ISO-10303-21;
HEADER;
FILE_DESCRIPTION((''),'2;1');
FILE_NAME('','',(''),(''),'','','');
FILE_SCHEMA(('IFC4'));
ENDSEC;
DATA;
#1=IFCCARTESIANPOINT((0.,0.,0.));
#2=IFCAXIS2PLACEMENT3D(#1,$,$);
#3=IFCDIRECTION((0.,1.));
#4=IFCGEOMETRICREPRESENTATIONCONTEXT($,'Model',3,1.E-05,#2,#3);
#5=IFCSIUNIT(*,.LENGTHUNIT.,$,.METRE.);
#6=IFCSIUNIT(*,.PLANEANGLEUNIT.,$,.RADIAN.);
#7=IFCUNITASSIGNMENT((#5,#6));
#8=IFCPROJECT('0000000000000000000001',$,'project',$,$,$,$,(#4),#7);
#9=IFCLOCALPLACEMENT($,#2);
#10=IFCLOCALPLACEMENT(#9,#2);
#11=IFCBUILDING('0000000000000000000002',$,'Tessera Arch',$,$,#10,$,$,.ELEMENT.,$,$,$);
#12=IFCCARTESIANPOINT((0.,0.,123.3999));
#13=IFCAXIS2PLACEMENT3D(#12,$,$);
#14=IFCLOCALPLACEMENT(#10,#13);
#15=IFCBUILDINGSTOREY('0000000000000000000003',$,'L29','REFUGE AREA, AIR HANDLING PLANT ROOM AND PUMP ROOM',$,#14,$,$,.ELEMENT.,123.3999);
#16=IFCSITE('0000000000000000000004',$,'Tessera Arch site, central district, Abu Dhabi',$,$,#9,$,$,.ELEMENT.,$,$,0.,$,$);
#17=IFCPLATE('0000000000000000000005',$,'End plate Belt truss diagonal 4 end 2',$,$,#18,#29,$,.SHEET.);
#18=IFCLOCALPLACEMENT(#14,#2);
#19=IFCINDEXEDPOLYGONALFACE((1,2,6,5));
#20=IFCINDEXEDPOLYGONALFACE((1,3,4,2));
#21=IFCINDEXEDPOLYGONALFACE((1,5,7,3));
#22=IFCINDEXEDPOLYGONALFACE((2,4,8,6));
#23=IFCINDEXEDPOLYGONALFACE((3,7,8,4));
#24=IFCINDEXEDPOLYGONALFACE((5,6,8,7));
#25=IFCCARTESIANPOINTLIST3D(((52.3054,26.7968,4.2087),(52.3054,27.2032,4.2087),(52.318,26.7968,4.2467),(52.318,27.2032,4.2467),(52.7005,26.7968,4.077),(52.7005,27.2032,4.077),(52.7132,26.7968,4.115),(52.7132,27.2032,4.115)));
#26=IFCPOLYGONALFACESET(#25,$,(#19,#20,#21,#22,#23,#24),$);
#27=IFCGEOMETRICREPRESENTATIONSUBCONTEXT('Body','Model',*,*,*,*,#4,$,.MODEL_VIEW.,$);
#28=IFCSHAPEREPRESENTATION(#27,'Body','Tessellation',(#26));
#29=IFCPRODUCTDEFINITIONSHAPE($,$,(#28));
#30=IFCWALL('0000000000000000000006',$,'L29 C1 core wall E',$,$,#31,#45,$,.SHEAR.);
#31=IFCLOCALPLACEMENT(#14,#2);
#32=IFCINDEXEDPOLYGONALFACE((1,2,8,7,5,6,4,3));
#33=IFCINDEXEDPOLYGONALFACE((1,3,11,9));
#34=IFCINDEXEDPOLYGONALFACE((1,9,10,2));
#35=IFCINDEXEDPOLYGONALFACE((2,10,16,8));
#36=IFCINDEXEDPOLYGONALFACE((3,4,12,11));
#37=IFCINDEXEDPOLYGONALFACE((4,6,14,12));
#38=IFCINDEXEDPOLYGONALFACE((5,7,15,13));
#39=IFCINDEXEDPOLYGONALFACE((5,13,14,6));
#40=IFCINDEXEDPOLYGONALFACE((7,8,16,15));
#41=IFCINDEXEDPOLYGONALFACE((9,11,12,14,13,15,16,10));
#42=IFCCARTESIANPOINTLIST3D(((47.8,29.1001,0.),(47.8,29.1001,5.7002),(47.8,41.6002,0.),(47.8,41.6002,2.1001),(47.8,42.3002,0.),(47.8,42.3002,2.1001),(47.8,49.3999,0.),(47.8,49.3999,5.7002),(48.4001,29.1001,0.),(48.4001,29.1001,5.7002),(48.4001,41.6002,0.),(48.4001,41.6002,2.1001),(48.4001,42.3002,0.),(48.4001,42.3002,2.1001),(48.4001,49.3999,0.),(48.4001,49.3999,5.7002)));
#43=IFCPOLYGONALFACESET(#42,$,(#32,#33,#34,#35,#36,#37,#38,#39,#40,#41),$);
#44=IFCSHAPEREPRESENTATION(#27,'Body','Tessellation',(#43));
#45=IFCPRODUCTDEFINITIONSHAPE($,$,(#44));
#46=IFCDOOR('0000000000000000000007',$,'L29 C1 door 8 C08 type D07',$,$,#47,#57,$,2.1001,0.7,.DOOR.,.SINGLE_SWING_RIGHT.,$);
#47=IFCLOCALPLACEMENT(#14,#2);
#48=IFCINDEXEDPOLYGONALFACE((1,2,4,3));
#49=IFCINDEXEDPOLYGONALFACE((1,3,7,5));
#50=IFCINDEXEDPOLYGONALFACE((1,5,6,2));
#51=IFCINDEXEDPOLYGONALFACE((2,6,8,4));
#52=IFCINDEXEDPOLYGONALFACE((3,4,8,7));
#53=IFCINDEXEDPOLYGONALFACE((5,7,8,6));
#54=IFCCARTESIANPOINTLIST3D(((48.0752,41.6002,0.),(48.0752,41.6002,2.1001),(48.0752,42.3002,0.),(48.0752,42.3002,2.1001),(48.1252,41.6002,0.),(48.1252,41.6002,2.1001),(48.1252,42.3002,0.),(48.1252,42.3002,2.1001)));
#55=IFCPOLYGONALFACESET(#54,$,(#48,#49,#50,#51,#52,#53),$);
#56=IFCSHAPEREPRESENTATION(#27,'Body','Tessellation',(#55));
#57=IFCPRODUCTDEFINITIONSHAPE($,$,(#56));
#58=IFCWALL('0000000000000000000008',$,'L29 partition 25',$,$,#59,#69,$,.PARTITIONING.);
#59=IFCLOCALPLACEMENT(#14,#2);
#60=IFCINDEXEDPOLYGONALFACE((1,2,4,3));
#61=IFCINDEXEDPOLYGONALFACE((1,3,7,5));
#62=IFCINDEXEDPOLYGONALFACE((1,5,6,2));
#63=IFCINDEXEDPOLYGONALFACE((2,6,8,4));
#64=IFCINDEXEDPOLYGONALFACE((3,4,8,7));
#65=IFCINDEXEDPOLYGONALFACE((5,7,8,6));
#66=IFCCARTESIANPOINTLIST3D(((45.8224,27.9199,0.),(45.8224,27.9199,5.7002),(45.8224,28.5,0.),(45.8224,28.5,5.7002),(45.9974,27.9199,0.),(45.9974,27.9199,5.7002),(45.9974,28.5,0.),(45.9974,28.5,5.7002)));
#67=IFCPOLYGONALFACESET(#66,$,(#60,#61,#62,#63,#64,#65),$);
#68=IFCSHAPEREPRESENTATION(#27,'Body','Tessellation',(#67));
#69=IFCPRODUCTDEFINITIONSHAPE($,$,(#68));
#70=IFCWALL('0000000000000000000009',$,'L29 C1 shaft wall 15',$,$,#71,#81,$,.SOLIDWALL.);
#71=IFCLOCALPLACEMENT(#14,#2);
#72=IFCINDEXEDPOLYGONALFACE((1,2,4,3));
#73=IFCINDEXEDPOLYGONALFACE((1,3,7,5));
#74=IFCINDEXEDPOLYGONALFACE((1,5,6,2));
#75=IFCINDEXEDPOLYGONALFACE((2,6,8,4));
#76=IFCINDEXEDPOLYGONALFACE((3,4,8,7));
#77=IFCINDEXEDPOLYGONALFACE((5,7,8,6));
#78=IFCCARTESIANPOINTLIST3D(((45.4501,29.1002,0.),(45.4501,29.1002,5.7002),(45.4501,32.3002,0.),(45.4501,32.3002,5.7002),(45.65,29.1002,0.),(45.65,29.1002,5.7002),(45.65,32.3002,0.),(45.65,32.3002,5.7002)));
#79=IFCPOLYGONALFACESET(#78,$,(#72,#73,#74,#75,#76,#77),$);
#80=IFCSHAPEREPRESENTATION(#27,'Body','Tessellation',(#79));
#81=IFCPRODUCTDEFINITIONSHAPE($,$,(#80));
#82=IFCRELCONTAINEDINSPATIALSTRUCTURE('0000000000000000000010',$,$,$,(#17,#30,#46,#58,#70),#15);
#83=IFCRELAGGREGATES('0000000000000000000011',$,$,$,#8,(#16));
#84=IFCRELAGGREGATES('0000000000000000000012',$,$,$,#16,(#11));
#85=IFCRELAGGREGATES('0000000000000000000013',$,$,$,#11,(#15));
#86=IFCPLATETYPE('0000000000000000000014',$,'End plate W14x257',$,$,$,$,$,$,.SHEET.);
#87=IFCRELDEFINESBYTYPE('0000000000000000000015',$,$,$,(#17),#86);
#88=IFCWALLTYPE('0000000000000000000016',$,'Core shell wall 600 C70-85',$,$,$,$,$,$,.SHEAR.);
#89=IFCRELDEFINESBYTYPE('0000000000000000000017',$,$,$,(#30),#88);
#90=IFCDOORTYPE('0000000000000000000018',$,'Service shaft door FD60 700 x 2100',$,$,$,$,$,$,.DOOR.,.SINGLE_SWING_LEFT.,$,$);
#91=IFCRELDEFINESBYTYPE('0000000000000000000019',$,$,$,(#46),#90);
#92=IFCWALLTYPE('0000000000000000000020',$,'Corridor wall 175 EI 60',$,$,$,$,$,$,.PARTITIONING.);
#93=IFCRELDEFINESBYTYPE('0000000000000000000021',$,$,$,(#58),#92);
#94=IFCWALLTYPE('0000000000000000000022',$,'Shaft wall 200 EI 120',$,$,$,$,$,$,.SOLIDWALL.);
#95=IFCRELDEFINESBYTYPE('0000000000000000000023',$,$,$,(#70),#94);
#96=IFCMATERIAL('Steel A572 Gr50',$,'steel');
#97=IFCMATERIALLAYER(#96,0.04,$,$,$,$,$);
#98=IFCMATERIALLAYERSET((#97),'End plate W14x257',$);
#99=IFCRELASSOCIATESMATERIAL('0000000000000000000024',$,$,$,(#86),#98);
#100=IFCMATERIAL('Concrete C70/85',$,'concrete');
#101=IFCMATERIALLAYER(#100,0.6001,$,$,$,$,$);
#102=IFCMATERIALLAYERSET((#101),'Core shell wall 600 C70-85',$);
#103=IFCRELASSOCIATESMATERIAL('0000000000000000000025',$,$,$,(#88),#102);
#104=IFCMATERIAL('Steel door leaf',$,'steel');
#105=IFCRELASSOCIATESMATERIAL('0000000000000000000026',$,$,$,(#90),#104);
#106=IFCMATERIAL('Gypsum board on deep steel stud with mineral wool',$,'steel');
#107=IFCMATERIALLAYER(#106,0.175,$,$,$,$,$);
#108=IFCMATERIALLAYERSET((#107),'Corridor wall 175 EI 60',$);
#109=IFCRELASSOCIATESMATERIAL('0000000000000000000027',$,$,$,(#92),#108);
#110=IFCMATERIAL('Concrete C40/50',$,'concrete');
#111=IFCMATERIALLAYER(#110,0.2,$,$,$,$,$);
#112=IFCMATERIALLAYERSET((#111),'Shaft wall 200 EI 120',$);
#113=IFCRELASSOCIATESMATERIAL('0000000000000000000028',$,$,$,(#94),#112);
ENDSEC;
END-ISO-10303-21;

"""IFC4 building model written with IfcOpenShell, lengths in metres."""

from ifc_helpers import new_model, si_unit, direction, frame, frame_2d, origin, origin_2d, place, context, subcontext, project, spatial, rectangle, extrude, material, layer, layer_set, type_object, element, fill, save


model = new_model("IFC4")

# Units and contexts
model_context = context("Model", 3, precision=1e-05, world=origin(), true_north=direction((0.0, 1.0)))
body_context = subcontext(model_context, "Body", "Model", "MODEL_VIEW")
ifc_project = project(units=[si_unit("LENGTHUNIT", "METRE"), si_unit("PLANEANGLEUNIT", "RADIAN")], contexts=[model_context])

# Site, building, storey
site_placement = place(None, origin())
site = spatial("IfcSite", under=ifc_project, at=site_placement, Name="Tessera Arch site, central district, Abu Dhabi", CompositionType="ELEMENT", RefElevation=0.0)
building_placement = place(site_placement, origin())
building = spatial("IfcBuilding", under=site, at=building_placement, Name="Tessera Arch", CompositionType="ELEMENT")
storey_placement = place(building_placement, frame((0.0, 0.0, 123.3999)))
storey = spatial("IfcBuildingStorey", under=building, at=storey_placement, Name="L29", Description="REFUGE AREA, AIR HANDLING PLANT ROOM AND PUMP ROOM", CompositionType="ELEMENT", Elevation=123.3999)

# Plate
ifc_material_1 = material(Name="Steel A572 Gr50", Category="steel")
ifc_layer_1 = layer(ifc_material_1, 0.04)
ifc_layer_set_1 = layer_set([ifc_layer_1], Name="End plate W14x257")
plate_type_1 = type_object("IfcPlateType", Name="End plate W14x257", PredefinedType="SHEET", material=ifc_layer_set_1)
for number, where, z_axis, x_axis, name in (
    (1, (52.5029, 27.0, 4.1428), (0.316228, 0.0, 0.948683), (0.0, 1.0, 0.0), "End plate Belt truss diagonal 4 end 2"),
):
    element("IfcPlate", number, at=place(storey_placement, frame(where, z_axis=z_axis, x_axis=x_axis)), inside=storey, type_object=plate_type_1, Name=name, PredefinedType="SHEET", context=body_context, shape_type="SweptSolid", body=[
        extrude(rectangle(XDim=0.4065, YDim=0.4165, at=origin_2d()), origin(), (0.0, 0.0, 1.0), 0.04),
    ])

# Wall, opening, door
ifc_material_2 = material(Name="Concrete C70/85", Category="concrete")
ifc_layer_2 = layer(ifc_material_2, 0.6001)
ifc_layer_set_2 = layer_set([ifc_layer_2], Name="Core shell wall 600 C70-85")
wall_type_1 = type_object("IfcWallType", Name="Core shell wall 600 C70-85", PredefinedType="SHEAR", material=ifc_layer_set_2)
wall_1_placement = place(storey_placement, frame((48.1001, 29.1001, 0.0), z_axis=(0.0, 0.0, 1.0), x_axis=(0.0, 1.0, 0.0)))
wall_1 = element("IfcWall", 2, at=wall_1_placement, inside=storey, type_object=wall_type_1, Name="L29 C1 core wall E", PredefinedType="SHEAR", context=body_context, shape_type="SweptSolid", body=[
    extrude(rectangle(XDim=20.2998, YDim=0.6001, at=frame_2d((10.1499, 0.0))), origin(), (0.0, 0.0, 1.0), 5.7002),
])
opening_placement = place(wall_1_placement, frame((12.5, 0.0, 0.0)))
opening = element("IfcOpeningElement", 3, at=opening_placement, cuts=wall_1, PredefinedType="OPENING", context=body_context, shape_type="SweptSolid", body=[
    extrude(rectangle(XDim=0.7, YDim=2.1001, at=frame_2d((0.3501, 1.05))), frame((0.0, 0.3101, 0.0), z_axis=(0.0, -1.0, 0.0), x_axis=(1.0, 0.0, 0.0)), (0.0, 0.0, 1.0), 0.6201),
])
ifc_material_3 = material(Name="Steel door leaf", Category="steel")
door_type = type_object("IfcDoorType", Name="Service shaft door FD60 700 x 2100", OperationType="SINGLE_SWING_LEFT", PredefinedType="DOOR", material=ifc_material_3)
door_placement = place(opening_placement, origin())
door = element("IfcDoor", 4, at=door_placement, inside=storey, type_object=door_type, Name="L29 C1 door 8 C08 type D07", OperationType="SINGLE_SWING_RIGHT", OverallHeight=2.1001, OverallWidth=0.7, PredefinedType="DOOR", context=body_context, shape_type="SweptSolid", body=[
    extrude(rectangle(XDim=0.7, YDim=2.1001, at=frame_2d((0.3501, 1.05))), frame((0.0, 0.0249, 0.0), z_axis=(0.0, -1.0, 0.0), x_axis=(1.0, 0.0, 0.0)), (0.0, 0.0, 1.0), 0.05),
])
fill(opening, door)

# Walls
ifc_material_4 = material(Name="Gypsum board on deep steel stud with mineral wool", Category="steel")
ifc_layer_3 = layer(ifc_material_4, 0.175)
ifc_layer_set_3 = layer_set([ifc_layer_3], Name="Corridor wall 175 EI 60")
wall_type_2 = type_object("IfcWallType", Name="Corridor wall 175 EI 60", PredefinedType="PARTITIONING", material=ifc_layer_set_3)
wall_2_placement = place(storey_placement, frame((45.9099, 27.9199, 0.0), z_axis=(0.0, 0.0, 1.0), x_axis=(0.0, 1.0, 0.0)))
element("IfcWall", 5, at=wall_2_placement, inside=storey, type_object=wall_type_2, Name="L29 partition 25", PredefinedType="PARTITIONING", context=body_context, shape_type="SweptSolid", body=[
    extrude(rectangle(XDim=0.5801, YDim=0.175, at=frame_2d((0.29, 0.0))), origin(), (0.0, 0.0, 1.0), 5.7002),
])
ifc_material_5 = material(Name="Concrete C40/50", Category="concrete")
ifc_layer_4 = layer(ifc_material_5, 0.2)
ifc_layer_set_4 = layer_set([ifc_layer_4], Name="Shaft wall 200 EI 120")
wall_type_3 = type_object("IfcWallType", Name="Shaft wall 200 EI 120", PredefinedType="SOLIDWALL", material=ifc_layer_set_4)
wall_3_placement = place(storey_placement, frame((45.55, 29.1001, 0.0), z_axis=(0.0, 0.0, 1.0), x_axis=(0.0, 1.0, 0.0)))
element("IfcWall", 6, at=wall_3_placement, inside=storey, type_object=wall_type_3, Name="L29 C1 shaft wall 15", PredefinedType="SOLIDWALL", context=body_context, shape_type="SweptSolid", body=[
    extrude(rectangle(XDim=3.2, YDim=0.2, at=frame_2d((1.6001, 0.0))), origin(), (0.0, 0.0, 1.0), 5.7002),
])

save(model, "model.ifc")
